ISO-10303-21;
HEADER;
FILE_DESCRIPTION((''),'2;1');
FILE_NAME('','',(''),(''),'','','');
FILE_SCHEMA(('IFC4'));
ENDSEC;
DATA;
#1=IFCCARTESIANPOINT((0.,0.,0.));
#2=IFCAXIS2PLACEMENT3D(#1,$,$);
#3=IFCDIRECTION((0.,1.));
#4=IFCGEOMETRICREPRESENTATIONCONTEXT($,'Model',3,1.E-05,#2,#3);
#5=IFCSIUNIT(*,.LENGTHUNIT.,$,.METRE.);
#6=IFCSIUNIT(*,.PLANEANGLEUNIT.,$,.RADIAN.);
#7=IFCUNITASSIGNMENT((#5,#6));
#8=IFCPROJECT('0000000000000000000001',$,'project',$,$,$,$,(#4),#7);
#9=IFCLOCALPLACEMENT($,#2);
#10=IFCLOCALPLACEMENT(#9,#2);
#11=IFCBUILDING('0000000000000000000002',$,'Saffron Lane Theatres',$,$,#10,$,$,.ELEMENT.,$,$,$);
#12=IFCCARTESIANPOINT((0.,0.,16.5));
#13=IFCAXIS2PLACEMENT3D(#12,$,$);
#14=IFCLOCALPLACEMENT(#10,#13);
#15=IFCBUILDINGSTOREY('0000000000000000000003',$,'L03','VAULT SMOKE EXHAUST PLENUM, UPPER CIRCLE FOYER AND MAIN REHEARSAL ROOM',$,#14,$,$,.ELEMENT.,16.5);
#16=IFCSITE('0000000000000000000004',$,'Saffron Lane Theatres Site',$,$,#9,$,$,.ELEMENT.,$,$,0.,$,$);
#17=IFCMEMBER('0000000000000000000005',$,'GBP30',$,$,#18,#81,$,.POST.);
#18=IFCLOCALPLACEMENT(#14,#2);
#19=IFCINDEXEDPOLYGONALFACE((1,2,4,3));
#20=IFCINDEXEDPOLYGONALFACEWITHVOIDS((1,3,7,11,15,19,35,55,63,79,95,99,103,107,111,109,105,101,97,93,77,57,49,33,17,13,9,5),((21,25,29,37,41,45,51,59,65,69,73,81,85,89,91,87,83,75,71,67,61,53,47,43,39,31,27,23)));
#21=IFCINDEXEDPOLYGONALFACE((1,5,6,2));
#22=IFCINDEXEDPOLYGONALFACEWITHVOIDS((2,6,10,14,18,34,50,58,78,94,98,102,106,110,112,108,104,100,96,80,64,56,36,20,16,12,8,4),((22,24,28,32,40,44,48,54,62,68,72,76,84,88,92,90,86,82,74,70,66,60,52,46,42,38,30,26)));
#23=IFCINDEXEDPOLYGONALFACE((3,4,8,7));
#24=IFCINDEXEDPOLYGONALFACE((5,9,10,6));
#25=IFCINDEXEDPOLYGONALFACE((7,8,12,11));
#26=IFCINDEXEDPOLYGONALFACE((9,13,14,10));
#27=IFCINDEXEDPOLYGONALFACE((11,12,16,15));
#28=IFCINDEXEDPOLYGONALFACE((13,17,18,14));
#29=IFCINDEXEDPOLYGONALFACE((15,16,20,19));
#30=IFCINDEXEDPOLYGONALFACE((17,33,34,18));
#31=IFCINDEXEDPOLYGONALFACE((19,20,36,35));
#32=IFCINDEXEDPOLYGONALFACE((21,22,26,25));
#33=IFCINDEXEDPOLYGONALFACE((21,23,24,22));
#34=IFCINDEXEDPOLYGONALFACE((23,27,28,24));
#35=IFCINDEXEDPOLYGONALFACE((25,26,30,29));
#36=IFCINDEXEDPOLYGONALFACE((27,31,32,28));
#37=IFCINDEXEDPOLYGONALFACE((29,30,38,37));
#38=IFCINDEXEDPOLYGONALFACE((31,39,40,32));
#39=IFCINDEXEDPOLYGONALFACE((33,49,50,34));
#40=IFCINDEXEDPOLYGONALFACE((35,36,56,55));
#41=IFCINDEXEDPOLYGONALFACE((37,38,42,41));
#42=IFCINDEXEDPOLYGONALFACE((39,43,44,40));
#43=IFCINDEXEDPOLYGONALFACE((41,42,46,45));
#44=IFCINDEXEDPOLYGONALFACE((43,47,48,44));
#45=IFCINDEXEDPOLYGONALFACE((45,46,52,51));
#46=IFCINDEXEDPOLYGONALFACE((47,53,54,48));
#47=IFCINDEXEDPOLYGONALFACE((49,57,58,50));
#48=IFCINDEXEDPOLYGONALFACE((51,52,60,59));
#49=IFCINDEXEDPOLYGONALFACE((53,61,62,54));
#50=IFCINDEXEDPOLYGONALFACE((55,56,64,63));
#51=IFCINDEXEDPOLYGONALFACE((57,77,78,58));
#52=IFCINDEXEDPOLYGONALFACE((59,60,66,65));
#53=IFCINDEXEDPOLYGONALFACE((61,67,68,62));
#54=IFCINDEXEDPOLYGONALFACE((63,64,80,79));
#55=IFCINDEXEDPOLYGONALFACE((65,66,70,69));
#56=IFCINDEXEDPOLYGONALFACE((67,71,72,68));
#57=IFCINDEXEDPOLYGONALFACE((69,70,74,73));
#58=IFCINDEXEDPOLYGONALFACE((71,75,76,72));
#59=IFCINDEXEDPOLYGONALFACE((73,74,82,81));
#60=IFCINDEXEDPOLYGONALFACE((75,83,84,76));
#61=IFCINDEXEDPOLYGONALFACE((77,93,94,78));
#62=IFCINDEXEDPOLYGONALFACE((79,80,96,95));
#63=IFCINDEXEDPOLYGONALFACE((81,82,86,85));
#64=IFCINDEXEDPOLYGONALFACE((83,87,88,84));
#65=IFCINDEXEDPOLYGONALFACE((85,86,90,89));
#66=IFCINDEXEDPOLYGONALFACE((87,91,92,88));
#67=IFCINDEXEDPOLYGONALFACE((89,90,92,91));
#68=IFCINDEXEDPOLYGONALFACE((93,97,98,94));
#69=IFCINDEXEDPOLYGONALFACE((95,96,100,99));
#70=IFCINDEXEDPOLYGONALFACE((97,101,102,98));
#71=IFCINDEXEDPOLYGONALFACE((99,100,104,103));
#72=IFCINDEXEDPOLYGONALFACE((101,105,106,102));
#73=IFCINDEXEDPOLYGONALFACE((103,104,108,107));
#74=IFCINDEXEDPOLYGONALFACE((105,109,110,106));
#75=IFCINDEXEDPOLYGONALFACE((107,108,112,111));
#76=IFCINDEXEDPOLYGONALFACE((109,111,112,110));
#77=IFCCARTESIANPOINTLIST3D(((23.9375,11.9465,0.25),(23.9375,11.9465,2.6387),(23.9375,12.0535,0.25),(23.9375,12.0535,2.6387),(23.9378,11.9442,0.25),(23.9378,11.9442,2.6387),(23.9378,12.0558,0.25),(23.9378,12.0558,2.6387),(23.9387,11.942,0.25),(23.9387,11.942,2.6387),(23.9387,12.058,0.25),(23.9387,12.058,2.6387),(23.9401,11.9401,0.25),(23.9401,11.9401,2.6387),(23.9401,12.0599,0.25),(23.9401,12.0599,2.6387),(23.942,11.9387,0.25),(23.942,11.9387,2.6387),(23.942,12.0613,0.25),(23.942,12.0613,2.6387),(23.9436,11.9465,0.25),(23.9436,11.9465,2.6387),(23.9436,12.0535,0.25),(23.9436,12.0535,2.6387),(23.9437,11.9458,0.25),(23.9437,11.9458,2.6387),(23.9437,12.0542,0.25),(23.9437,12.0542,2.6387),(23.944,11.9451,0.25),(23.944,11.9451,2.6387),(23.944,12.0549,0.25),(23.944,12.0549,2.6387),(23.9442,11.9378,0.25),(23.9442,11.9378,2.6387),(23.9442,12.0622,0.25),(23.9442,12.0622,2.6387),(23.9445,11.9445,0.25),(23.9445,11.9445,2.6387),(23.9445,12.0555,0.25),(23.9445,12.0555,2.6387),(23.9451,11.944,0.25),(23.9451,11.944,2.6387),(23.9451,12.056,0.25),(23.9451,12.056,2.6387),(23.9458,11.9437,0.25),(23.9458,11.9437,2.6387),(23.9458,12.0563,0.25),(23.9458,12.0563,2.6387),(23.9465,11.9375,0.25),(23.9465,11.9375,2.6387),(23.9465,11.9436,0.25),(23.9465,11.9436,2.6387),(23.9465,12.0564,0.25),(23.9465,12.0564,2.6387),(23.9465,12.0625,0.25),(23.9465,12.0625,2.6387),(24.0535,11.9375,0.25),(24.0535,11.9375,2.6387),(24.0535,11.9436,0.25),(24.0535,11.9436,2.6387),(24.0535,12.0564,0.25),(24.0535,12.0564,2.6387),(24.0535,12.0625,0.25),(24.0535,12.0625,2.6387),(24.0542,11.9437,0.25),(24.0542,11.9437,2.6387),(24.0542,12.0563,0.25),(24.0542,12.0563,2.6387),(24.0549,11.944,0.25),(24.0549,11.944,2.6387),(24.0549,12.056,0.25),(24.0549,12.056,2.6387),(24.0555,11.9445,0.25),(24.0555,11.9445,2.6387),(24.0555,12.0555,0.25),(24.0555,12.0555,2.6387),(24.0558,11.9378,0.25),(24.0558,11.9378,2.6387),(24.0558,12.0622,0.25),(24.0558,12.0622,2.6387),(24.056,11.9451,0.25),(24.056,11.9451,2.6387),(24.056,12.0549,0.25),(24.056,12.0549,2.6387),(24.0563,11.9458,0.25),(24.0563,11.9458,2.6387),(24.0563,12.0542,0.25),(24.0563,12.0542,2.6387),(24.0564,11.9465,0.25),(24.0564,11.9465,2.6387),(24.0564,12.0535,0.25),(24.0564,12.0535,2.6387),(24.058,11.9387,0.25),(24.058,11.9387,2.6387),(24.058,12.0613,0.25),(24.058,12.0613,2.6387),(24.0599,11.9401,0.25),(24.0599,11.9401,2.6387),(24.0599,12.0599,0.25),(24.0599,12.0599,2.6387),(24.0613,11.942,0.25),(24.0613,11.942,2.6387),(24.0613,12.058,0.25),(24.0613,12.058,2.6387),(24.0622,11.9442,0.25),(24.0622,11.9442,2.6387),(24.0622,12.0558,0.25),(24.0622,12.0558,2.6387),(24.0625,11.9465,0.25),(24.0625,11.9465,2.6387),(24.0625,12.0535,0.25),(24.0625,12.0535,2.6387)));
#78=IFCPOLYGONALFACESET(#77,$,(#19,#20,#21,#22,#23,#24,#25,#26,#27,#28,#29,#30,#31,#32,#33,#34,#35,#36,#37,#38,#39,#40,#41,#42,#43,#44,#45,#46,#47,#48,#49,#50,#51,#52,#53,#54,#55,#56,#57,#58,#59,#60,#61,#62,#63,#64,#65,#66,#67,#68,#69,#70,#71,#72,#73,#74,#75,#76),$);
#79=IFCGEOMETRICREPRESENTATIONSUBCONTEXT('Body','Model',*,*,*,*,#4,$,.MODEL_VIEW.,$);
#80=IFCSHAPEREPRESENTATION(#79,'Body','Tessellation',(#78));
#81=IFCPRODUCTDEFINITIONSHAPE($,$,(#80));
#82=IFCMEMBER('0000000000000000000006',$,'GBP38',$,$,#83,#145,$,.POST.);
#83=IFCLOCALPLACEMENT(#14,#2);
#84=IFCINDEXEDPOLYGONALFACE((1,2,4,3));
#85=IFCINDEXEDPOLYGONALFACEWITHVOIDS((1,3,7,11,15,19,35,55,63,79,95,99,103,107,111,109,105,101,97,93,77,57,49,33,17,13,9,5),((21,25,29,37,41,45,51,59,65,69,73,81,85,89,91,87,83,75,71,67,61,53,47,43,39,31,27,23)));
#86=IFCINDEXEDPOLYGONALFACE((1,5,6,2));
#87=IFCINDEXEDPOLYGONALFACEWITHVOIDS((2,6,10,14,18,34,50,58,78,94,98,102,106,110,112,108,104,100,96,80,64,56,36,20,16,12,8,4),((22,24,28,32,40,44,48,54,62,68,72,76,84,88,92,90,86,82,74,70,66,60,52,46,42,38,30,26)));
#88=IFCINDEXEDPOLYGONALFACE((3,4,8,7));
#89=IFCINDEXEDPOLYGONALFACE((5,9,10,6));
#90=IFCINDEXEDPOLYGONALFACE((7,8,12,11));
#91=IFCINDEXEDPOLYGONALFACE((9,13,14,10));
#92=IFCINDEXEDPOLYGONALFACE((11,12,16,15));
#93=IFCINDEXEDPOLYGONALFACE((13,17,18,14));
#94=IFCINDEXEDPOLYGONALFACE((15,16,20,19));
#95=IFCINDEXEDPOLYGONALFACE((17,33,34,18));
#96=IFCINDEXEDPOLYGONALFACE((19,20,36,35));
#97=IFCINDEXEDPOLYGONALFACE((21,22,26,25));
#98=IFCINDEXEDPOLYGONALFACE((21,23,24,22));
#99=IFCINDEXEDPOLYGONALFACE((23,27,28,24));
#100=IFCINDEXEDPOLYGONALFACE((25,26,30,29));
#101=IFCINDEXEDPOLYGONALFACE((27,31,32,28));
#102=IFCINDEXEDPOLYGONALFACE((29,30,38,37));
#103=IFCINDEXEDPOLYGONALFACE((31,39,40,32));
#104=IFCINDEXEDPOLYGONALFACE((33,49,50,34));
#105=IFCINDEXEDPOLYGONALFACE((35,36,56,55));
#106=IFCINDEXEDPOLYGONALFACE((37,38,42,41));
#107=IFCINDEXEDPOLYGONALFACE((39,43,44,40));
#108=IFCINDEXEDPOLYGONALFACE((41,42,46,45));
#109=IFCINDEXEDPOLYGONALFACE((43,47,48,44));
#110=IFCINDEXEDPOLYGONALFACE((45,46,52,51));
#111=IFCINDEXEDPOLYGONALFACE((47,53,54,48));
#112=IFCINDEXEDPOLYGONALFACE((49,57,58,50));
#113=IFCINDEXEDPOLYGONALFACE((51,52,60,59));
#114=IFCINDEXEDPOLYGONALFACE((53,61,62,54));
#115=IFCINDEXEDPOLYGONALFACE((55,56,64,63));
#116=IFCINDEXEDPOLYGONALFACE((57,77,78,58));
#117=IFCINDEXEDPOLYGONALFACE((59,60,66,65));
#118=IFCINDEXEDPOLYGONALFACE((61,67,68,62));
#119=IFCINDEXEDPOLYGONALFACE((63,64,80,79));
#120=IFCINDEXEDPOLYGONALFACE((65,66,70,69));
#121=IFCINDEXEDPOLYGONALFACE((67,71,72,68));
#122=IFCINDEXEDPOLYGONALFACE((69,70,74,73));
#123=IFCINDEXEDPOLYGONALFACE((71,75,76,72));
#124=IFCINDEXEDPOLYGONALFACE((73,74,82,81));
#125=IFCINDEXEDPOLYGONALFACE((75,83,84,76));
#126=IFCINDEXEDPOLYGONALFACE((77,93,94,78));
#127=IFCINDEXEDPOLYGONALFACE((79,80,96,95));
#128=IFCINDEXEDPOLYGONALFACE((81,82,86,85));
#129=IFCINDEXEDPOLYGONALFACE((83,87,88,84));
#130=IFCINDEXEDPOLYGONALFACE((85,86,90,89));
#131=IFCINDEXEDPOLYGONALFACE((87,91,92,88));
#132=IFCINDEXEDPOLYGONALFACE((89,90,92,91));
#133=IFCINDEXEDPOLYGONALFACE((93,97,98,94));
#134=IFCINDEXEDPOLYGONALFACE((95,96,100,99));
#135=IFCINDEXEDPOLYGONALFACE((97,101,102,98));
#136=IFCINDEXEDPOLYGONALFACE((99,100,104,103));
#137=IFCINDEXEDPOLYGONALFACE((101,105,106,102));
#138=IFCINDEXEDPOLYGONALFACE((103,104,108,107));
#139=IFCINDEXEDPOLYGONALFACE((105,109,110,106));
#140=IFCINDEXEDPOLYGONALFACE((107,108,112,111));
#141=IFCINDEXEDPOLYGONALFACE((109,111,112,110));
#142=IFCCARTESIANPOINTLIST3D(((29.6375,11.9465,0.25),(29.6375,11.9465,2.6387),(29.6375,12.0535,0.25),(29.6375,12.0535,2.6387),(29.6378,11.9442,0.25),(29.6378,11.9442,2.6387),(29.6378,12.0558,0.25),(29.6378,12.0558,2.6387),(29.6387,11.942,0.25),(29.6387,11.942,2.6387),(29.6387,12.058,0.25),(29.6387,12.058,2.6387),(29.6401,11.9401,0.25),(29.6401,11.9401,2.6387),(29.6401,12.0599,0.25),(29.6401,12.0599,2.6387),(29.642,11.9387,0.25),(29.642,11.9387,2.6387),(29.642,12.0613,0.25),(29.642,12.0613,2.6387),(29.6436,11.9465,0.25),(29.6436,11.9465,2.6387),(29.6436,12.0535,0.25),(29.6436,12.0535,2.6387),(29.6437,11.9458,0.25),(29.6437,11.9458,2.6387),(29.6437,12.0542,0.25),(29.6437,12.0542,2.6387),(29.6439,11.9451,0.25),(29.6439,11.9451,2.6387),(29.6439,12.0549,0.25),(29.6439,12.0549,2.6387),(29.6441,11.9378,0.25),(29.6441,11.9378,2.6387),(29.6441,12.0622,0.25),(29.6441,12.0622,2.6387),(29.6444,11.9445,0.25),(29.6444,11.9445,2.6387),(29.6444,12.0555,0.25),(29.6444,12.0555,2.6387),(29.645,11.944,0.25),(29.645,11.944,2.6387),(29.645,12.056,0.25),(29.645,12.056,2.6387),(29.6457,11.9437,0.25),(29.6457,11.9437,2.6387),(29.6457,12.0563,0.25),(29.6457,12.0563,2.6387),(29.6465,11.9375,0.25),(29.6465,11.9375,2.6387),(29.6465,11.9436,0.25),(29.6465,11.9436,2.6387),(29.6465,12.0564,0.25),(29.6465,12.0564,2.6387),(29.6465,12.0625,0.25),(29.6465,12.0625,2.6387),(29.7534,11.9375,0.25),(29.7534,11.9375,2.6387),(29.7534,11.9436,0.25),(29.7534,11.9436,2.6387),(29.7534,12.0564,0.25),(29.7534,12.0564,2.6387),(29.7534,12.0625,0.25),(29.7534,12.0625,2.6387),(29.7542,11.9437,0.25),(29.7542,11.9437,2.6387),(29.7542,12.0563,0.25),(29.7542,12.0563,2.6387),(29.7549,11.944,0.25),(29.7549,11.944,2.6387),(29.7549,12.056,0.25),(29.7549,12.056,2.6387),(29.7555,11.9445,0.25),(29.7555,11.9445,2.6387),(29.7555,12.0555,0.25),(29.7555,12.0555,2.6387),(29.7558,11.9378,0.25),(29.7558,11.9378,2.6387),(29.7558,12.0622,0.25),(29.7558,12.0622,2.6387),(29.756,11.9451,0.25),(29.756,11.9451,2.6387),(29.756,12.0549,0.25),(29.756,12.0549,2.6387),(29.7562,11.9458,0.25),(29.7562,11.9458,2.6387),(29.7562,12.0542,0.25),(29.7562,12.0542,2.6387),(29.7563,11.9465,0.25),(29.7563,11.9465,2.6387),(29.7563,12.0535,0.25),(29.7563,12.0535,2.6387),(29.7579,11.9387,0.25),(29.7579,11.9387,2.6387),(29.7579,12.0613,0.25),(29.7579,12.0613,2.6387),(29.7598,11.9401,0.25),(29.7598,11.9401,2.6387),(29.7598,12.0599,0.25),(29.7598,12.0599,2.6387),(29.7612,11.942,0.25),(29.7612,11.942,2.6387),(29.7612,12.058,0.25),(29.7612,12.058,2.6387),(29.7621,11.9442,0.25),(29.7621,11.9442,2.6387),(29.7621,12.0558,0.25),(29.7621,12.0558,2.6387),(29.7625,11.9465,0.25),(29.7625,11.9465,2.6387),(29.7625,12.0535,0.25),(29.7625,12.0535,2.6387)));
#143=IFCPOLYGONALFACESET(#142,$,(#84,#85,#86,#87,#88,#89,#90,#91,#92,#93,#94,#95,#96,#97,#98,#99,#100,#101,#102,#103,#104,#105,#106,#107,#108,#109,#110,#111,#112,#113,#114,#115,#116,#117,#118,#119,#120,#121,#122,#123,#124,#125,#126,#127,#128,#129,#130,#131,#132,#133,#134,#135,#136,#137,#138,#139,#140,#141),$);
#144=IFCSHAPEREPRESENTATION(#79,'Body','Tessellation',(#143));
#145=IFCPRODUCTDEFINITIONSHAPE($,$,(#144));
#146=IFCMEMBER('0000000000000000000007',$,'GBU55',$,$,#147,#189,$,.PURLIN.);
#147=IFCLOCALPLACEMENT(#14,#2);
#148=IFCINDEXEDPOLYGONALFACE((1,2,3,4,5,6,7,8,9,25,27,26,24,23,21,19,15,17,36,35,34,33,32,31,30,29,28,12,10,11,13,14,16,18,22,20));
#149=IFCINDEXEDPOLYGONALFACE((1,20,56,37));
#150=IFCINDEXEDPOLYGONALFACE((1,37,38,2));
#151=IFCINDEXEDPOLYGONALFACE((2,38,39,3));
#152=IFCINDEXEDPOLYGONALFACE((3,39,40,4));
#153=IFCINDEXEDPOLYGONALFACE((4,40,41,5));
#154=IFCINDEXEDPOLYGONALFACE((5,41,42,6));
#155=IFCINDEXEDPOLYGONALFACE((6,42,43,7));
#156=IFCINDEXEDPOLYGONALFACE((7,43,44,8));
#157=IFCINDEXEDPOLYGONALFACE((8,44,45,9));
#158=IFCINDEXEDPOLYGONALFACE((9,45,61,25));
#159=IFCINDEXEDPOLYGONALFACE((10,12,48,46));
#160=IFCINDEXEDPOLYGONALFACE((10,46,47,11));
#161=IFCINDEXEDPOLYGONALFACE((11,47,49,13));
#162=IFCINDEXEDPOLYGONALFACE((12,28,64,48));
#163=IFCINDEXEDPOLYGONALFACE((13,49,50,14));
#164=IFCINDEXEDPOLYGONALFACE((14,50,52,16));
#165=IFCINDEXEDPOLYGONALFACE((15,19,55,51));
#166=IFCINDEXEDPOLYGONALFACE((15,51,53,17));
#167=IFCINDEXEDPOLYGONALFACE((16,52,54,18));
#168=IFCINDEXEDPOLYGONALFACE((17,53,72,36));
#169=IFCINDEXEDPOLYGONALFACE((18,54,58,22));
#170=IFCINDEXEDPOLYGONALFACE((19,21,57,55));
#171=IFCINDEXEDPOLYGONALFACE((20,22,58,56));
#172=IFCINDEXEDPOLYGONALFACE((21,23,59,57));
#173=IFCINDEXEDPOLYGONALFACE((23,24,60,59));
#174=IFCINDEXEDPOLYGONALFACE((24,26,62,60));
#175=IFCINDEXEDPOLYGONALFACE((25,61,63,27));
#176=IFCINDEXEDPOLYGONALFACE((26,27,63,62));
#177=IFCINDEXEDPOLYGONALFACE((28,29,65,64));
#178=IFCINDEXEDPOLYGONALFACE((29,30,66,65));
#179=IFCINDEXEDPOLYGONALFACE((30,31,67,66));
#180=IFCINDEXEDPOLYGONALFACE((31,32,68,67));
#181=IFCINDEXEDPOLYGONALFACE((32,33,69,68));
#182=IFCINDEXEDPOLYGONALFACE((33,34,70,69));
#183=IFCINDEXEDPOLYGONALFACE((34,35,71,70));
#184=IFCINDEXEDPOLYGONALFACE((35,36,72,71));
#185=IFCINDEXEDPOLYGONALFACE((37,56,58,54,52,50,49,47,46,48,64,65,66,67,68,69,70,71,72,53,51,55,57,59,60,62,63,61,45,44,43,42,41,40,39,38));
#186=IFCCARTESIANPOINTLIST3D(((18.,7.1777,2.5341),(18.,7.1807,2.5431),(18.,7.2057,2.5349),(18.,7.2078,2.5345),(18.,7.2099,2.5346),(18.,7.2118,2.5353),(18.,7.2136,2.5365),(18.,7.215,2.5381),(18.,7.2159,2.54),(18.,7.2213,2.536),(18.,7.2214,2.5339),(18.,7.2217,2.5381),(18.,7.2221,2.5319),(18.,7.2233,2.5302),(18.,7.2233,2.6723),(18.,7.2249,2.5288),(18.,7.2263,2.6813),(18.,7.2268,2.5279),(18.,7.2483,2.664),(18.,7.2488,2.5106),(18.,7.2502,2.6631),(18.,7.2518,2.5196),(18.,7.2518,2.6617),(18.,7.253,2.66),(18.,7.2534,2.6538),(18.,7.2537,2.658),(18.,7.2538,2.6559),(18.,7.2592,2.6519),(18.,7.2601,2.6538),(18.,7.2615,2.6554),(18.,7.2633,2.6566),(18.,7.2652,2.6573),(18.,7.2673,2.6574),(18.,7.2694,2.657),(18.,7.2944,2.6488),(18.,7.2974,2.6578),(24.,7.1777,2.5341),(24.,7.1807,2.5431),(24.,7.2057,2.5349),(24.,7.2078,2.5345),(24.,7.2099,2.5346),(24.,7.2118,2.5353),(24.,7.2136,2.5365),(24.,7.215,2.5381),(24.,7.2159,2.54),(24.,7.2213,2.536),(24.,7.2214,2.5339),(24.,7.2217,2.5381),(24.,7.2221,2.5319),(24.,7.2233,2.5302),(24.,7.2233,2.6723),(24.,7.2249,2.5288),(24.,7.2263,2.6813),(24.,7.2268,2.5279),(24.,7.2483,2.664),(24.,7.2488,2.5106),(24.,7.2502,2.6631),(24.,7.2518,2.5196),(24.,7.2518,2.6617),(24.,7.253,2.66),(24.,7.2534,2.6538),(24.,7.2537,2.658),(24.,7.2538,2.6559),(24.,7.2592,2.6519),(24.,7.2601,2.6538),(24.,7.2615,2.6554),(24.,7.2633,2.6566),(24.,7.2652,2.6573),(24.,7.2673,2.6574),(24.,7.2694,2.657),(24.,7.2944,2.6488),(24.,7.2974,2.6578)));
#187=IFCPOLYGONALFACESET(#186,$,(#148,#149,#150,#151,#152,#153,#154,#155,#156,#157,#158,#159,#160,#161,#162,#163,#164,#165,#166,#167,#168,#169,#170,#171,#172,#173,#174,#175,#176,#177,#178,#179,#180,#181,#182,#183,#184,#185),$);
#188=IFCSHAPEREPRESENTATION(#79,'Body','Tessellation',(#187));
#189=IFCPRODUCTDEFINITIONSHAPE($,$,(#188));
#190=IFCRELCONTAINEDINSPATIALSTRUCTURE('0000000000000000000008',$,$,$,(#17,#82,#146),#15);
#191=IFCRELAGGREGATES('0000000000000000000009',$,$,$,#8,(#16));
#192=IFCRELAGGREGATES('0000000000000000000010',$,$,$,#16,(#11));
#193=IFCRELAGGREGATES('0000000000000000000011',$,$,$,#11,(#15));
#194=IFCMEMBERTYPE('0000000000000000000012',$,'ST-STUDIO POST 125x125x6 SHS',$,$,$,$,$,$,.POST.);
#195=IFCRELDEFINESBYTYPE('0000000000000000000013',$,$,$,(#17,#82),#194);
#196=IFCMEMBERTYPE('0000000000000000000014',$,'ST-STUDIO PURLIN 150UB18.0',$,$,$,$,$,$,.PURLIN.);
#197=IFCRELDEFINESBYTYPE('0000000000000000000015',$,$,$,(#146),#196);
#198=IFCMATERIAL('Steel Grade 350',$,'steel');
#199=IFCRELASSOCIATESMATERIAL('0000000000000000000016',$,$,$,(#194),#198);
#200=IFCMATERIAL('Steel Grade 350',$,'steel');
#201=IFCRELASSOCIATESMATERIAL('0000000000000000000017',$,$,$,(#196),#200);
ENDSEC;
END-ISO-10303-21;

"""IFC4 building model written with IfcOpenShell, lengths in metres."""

from ifc_helpers import new_model, si_unit, direction, frame, origin, origin_2d, place, context, subcontext, project, spatial, hollow_rectangle, i_section, extrude, material, material_profile, profile_set, type_object, element, save


model = new_model("IFC4")

# Units and contexts
model_context = context("Model", 3, precision=1e-05, world=origin(), true_north=direction((0.0, 1.0)))
body_context = subcontext(model_context, "Body", "Model", "MODEL_VIEW")
ifc_project = project(units=[si_unit("LENGTHUNIT", "METRE"), si_unit("PLANEANGLEUNIT", "RADIAN")], contexts=[model_context])

# Site, building, storey
site_placement = place(None, origin())
site = spatial("IfcSite", under=ifc_project, at=site_placement, Name="Saffron Lane Theatres Site", CompositionType="ELEMENT", RefElevation=0.0)
building_placement = place(site_placement, origin())
building = spatial("IfcBuilding", under=site, at=building_placement, Name="Saffron Lane Theatres", CompositionType="ELEMENT")
storey_placement = place(building_placement, frame((0.0, 0.0, 16.5)))
storey = spatial("IfcBuildingStorey", under=building, at=storey_placement, Name="L03", Description="VAULT SMOKE EXHAUST PLENUM, UPPER CIRCLE FOYER AND MAIN REHEARSAL ROOM", CompositionType="ELEMENT", Elevation=16.5)

# Members
ifc_material_1 = material(Name="Steel Grade 350", Category="steel")
ifc_material_profile_1 = material_profile(ifc_material_1, hollow_rectangle(XDim=0.125, YDim=0.125, WallThickness=0.0061, InnerFilletRadius=0.0029, OuterFilletRadius=0.009, at=origin_2d()))
ifc_profile_set_1 = profile_set([ifc_material_profile_1], Name="Steel Grade 350")
member_type_1 = type_object("IfcMemberType", Name="ST-STUDIO POST 125x125x6 SHS", PredefinedType="POST", material=ifc_profile_set_1)
for number, where, z_axis, x_axis, name in (
    (1, (24.0, 12.0, 0.25), (0.0, 0.0, 1.0), (1.0, 0.0, 0.0), "GBP30"),
    (2, (29.7, 12.0, 0.25), (0.0, 0.0, 1.0), (1.0, 0.0, 0.0), "GBP38"),
):
    element("IfcMember", number, at=place(storey_placement, frame(where, z_axis=z_axis, x_axis=x_axis)), inside=storey, type_object=member_type_1, Name=name, PredefinedType="POST", context=body_context, shape_type="SweptSolid", body=[
        extrude(hollow_rectangle(XDim=0.125, YDim=0.125, WallThickness=0.0061, InnerFilletRadius=0.0029, OuterFilletRadius=0.009, at=origin_2d()), origin(), (0.0, 0.0, 1.0), 2.3887),
    ])
ifc_material_2 = material(Name="Steel Grade 350", Category="steel")
ifc_material_profile_2 = material_profile(ifc_material_2, i_section(OverallWidth=0.075, OverallDepth=0.155, WebThickness=0.0061, FlangeThickness=0.0095, FilletRadius=0.0081, at=origin_2d()))
ifc_profile_set_2 = profile_set([ifc_material_profile_2], Name="Steel Grade 350")
member_type_2 = type_object("IfcMemberType", Name="ST-STUDIO PURLIN 150UB18.0", PredefinedType="PURLIN", material=ifc_profile_set_2)
member_1_placement = place(storey_placement, frame((18.0, 7.2375, 2.5959), z_axis=(1.0, 0.0, 0.0), x_axis=(0.0, 0.949629, -0.313377)))
element("IfcMember", 3, at=member_1_placement, inside=storey, type_object=member_type_2, Name="GBU55", PredefinedType="PURLIN", context=body_context, shape_type="SweptSolid", body=[
    extrude(i_section(OverallWidth=0.075, OverallDepth=0.155, WebThickness=0.0061, FlangeThickness=0.0095, FilletRadius=0.0081, at=origin_2d()), origin(), (0.0, 0.0, 1.0), 6.0),
])

save(model, "model.ifc")
